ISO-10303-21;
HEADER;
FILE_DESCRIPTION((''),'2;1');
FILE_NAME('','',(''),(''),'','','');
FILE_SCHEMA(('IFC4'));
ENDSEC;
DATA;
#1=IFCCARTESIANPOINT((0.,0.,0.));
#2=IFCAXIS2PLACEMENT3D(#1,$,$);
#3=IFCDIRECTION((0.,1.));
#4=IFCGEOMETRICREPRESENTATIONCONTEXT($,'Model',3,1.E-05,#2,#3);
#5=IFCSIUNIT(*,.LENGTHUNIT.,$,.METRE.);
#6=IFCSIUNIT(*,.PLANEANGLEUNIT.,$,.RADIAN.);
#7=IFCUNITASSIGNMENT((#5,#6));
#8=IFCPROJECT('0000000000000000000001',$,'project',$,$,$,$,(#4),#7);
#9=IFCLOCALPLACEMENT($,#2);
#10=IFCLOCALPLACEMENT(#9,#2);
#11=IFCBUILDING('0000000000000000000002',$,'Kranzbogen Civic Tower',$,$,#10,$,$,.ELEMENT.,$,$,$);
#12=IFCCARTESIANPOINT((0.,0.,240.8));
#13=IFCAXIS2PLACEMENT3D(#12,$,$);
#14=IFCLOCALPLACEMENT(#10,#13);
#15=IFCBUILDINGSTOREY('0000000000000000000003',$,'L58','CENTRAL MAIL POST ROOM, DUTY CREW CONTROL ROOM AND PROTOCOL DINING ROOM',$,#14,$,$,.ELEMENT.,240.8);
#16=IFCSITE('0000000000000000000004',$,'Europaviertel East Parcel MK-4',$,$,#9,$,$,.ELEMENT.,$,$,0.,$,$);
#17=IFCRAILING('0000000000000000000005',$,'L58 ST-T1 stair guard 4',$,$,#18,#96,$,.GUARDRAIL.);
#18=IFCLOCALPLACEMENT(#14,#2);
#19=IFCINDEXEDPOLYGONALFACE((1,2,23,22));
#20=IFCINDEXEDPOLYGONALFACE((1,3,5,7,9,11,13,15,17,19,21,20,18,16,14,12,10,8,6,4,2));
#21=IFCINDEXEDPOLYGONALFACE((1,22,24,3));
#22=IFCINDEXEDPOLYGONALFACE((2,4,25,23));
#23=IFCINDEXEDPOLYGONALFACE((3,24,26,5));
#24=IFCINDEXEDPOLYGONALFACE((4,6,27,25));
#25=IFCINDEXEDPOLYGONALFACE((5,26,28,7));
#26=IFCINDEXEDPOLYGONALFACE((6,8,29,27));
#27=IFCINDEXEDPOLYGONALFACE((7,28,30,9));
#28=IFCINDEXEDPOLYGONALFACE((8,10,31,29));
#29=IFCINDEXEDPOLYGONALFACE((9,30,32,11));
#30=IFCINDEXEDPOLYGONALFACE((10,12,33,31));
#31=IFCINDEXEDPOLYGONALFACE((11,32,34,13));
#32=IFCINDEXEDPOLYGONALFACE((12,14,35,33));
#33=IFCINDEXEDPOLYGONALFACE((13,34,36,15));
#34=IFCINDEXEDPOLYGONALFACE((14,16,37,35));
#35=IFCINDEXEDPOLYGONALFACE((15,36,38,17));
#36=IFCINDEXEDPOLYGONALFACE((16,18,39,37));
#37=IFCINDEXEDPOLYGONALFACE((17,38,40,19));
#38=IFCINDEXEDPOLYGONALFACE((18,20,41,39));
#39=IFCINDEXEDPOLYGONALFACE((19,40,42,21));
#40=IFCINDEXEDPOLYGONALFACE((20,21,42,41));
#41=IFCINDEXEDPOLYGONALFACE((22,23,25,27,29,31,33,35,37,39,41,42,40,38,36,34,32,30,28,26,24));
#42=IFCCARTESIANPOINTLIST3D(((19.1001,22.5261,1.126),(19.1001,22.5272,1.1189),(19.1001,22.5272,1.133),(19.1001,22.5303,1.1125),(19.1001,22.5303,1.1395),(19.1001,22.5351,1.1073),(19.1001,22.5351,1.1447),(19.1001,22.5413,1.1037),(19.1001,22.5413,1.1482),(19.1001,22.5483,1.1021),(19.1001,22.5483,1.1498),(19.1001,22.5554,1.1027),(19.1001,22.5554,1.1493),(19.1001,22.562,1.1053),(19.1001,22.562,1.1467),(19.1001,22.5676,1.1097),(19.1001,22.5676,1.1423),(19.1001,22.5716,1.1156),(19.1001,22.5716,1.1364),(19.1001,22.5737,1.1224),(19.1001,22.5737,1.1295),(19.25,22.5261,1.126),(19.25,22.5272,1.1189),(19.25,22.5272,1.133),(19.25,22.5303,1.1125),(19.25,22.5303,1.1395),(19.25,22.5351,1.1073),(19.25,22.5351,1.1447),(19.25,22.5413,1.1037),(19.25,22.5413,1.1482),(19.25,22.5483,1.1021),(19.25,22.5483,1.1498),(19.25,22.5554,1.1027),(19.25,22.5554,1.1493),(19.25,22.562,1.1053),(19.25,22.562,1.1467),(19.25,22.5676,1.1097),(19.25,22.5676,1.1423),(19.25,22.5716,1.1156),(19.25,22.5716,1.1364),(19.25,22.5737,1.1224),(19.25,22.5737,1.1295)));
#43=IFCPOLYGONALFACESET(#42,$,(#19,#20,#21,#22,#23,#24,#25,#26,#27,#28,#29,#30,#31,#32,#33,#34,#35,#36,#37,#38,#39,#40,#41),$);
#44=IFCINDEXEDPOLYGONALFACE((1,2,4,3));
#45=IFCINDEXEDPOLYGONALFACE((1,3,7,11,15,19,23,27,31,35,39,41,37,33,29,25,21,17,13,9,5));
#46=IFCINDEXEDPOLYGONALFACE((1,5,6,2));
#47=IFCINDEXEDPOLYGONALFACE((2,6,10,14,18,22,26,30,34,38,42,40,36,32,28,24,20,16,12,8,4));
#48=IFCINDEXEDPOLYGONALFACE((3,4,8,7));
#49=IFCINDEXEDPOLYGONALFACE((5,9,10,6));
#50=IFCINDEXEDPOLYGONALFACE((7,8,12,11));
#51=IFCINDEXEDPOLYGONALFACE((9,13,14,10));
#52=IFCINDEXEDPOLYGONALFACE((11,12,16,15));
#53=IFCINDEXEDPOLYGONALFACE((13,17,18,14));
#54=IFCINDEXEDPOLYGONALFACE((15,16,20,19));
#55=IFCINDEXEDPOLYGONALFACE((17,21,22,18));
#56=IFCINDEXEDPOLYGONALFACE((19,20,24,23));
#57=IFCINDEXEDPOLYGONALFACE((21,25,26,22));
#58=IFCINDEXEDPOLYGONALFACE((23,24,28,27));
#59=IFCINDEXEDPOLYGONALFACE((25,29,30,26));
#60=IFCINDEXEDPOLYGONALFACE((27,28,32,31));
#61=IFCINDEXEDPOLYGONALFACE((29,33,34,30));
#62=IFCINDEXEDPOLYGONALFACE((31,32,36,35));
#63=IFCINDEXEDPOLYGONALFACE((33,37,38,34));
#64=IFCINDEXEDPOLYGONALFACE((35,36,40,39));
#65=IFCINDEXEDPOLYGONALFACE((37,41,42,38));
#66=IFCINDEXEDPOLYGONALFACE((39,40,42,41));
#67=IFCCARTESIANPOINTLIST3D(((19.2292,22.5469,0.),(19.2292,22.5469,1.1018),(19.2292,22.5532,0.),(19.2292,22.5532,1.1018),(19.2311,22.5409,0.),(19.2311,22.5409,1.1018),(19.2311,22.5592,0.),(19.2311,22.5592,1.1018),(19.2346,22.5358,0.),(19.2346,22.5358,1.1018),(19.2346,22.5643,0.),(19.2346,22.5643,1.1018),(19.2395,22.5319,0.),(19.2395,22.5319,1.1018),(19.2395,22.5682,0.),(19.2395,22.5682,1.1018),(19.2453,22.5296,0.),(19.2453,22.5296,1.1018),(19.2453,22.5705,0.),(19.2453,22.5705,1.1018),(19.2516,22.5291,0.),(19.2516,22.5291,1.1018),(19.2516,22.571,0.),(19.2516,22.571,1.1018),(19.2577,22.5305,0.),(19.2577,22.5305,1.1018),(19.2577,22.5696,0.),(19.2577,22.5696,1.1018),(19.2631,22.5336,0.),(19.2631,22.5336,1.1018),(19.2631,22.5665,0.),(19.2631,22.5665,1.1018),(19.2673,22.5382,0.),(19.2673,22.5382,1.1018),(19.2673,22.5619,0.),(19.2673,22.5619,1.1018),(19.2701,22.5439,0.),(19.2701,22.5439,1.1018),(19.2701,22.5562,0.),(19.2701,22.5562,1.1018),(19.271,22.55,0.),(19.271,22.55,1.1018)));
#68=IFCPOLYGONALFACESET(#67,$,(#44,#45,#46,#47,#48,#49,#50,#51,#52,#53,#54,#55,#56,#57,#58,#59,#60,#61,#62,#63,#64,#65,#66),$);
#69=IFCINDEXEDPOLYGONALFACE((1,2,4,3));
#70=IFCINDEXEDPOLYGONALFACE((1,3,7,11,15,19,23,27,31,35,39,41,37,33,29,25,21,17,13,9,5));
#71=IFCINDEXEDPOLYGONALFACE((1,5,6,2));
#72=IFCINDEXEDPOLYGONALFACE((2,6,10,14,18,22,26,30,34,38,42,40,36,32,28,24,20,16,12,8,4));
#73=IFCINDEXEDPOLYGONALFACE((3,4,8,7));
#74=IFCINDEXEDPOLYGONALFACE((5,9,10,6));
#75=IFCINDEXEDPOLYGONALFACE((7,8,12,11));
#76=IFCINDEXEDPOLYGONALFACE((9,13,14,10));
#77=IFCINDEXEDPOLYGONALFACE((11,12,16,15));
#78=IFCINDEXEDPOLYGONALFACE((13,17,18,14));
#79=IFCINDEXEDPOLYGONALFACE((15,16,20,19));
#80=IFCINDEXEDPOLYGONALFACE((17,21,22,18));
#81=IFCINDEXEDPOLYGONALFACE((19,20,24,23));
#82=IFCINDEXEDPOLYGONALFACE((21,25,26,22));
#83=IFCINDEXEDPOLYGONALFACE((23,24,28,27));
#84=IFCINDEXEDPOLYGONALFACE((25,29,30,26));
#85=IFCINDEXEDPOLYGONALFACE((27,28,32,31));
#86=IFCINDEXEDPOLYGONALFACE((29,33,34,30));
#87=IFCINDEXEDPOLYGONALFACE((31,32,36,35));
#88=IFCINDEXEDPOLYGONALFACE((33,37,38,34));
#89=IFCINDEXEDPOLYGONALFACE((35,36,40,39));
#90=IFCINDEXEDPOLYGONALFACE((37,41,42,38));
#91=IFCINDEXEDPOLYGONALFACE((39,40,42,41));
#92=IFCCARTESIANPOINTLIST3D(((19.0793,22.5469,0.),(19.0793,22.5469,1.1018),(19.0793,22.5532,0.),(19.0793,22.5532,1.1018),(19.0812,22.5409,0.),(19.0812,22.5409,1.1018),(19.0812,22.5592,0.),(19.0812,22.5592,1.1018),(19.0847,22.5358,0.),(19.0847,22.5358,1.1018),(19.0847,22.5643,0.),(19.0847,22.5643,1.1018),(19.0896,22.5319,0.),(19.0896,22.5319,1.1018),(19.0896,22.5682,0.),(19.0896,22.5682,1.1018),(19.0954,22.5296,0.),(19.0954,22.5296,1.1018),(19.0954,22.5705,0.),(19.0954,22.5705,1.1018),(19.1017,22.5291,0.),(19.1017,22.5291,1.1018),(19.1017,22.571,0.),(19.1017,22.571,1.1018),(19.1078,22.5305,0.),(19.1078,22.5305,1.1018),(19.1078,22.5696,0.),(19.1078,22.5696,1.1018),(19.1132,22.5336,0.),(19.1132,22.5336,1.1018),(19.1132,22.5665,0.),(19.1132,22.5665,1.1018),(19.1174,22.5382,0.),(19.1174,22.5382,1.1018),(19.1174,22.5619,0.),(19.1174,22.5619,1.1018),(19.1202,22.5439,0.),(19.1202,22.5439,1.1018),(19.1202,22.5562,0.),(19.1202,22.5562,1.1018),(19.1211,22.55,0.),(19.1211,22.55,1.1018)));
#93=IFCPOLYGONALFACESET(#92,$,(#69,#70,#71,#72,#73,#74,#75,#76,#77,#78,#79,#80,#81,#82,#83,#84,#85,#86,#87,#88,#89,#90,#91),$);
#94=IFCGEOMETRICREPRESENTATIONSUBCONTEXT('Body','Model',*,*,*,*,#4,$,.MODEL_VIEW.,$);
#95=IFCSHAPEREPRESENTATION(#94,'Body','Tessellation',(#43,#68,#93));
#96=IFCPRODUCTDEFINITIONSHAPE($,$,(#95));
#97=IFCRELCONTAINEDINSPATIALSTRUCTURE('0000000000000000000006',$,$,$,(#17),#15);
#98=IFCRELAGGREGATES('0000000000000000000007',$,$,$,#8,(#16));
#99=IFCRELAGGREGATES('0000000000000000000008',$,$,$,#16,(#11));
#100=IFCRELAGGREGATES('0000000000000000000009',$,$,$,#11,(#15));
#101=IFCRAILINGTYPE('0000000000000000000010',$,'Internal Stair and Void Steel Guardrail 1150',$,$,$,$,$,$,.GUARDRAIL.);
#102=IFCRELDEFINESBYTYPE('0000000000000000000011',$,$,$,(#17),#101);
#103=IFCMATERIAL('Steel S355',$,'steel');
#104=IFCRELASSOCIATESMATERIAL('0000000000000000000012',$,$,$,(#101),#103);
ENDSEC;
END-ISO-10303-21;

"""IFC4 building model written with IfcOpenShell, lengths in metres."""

from ifc_helpers import new_model, si_unit, direction, frame, origin, origin_2d, place, context, subcontext, project, spatial, circle, extrude, material, type_object, element, save


model = new_model("IFC4")

# Units and contexts
model_context = context("Model", 3, precision=1e-05, world=origin(), true_north=direction((0.0, 1.0)))
body_context = subcontext(model_context, "Body", "Model", "MODEL_VIEW")
ifc_project = project(units=[si_unit("LENGTHUNIT", "METRE"), si_unit("PLANEANGLEUNIT", "RADIAN")], contexts=[model_context])

# Site, building, storey
site_placement = place(None, origin())
site = spatial("IfcSite", under=ifc_project, at=site_placement, Name="Europaviertel East Parcel MK-4", CompositionType="ELEMENT", RefElevation=0.0)
building_placement = place(site_placement, origin())
building = spatial("IfcBuilding", under=site, at=building_placement, Name="Kranzbogen Civic Tower", CompositionType="ELEMENT")
storey_placement = place(building_placement, frame((0.0, 0.0, 240.8)))
storey = spatial("IfcBuildingStorey", under=building, at=storey_placement, Name="L58", Description="CENTRAL MAIL POST ROOM, DUTY CREW CONTROL ROOM AND PROTOCOL DINING ROOM", CompositionType="ELEMENT", Elevation=240.8)

# Shared definitions
ifc_material_1 = material(Name="Steel S355", Category="steel")

# Railing
railing_type_1 = type_object("IfcRailingType", Name="Internal Stair and Void Steel Guardrail 1150", PredefinedType="GUARDRAIL", material=ifc_material_1)
railing_1_placement = place(storey_placement, frame((19.25, 22.55, 0.0)))
element("IfcRailing", 1, at=railing_1_placement, inside=storey, type_object=railing_type_1, Name="L58 ST-T1 stair guard 4", PredefinedType="GUARDRAIL", context=body_context, shape_type="SweptSolid", body=[
    extrude(circle(Radius=0.0239, at=origin_2d()), frame((0.0, 0.0, 1.126), z_axis=(-1.0, 0.0, 0.0), x_axis=(0.0, -1.0, 0.0)), (0.0, 0.0, 1.0), 0.1499),
    extrude(circle(Radius=0.021, at=origin_2d()), origin(), (0.0, 0.0, 1.0), 1.1018),
    extrude(circle(Radius=0.021, at=origin_2d()), frame((-0.1499, 0.0, 0.0)), (0.0, 0.0, 1.0), 1.1018),
])

save(model, "model.ifc")
